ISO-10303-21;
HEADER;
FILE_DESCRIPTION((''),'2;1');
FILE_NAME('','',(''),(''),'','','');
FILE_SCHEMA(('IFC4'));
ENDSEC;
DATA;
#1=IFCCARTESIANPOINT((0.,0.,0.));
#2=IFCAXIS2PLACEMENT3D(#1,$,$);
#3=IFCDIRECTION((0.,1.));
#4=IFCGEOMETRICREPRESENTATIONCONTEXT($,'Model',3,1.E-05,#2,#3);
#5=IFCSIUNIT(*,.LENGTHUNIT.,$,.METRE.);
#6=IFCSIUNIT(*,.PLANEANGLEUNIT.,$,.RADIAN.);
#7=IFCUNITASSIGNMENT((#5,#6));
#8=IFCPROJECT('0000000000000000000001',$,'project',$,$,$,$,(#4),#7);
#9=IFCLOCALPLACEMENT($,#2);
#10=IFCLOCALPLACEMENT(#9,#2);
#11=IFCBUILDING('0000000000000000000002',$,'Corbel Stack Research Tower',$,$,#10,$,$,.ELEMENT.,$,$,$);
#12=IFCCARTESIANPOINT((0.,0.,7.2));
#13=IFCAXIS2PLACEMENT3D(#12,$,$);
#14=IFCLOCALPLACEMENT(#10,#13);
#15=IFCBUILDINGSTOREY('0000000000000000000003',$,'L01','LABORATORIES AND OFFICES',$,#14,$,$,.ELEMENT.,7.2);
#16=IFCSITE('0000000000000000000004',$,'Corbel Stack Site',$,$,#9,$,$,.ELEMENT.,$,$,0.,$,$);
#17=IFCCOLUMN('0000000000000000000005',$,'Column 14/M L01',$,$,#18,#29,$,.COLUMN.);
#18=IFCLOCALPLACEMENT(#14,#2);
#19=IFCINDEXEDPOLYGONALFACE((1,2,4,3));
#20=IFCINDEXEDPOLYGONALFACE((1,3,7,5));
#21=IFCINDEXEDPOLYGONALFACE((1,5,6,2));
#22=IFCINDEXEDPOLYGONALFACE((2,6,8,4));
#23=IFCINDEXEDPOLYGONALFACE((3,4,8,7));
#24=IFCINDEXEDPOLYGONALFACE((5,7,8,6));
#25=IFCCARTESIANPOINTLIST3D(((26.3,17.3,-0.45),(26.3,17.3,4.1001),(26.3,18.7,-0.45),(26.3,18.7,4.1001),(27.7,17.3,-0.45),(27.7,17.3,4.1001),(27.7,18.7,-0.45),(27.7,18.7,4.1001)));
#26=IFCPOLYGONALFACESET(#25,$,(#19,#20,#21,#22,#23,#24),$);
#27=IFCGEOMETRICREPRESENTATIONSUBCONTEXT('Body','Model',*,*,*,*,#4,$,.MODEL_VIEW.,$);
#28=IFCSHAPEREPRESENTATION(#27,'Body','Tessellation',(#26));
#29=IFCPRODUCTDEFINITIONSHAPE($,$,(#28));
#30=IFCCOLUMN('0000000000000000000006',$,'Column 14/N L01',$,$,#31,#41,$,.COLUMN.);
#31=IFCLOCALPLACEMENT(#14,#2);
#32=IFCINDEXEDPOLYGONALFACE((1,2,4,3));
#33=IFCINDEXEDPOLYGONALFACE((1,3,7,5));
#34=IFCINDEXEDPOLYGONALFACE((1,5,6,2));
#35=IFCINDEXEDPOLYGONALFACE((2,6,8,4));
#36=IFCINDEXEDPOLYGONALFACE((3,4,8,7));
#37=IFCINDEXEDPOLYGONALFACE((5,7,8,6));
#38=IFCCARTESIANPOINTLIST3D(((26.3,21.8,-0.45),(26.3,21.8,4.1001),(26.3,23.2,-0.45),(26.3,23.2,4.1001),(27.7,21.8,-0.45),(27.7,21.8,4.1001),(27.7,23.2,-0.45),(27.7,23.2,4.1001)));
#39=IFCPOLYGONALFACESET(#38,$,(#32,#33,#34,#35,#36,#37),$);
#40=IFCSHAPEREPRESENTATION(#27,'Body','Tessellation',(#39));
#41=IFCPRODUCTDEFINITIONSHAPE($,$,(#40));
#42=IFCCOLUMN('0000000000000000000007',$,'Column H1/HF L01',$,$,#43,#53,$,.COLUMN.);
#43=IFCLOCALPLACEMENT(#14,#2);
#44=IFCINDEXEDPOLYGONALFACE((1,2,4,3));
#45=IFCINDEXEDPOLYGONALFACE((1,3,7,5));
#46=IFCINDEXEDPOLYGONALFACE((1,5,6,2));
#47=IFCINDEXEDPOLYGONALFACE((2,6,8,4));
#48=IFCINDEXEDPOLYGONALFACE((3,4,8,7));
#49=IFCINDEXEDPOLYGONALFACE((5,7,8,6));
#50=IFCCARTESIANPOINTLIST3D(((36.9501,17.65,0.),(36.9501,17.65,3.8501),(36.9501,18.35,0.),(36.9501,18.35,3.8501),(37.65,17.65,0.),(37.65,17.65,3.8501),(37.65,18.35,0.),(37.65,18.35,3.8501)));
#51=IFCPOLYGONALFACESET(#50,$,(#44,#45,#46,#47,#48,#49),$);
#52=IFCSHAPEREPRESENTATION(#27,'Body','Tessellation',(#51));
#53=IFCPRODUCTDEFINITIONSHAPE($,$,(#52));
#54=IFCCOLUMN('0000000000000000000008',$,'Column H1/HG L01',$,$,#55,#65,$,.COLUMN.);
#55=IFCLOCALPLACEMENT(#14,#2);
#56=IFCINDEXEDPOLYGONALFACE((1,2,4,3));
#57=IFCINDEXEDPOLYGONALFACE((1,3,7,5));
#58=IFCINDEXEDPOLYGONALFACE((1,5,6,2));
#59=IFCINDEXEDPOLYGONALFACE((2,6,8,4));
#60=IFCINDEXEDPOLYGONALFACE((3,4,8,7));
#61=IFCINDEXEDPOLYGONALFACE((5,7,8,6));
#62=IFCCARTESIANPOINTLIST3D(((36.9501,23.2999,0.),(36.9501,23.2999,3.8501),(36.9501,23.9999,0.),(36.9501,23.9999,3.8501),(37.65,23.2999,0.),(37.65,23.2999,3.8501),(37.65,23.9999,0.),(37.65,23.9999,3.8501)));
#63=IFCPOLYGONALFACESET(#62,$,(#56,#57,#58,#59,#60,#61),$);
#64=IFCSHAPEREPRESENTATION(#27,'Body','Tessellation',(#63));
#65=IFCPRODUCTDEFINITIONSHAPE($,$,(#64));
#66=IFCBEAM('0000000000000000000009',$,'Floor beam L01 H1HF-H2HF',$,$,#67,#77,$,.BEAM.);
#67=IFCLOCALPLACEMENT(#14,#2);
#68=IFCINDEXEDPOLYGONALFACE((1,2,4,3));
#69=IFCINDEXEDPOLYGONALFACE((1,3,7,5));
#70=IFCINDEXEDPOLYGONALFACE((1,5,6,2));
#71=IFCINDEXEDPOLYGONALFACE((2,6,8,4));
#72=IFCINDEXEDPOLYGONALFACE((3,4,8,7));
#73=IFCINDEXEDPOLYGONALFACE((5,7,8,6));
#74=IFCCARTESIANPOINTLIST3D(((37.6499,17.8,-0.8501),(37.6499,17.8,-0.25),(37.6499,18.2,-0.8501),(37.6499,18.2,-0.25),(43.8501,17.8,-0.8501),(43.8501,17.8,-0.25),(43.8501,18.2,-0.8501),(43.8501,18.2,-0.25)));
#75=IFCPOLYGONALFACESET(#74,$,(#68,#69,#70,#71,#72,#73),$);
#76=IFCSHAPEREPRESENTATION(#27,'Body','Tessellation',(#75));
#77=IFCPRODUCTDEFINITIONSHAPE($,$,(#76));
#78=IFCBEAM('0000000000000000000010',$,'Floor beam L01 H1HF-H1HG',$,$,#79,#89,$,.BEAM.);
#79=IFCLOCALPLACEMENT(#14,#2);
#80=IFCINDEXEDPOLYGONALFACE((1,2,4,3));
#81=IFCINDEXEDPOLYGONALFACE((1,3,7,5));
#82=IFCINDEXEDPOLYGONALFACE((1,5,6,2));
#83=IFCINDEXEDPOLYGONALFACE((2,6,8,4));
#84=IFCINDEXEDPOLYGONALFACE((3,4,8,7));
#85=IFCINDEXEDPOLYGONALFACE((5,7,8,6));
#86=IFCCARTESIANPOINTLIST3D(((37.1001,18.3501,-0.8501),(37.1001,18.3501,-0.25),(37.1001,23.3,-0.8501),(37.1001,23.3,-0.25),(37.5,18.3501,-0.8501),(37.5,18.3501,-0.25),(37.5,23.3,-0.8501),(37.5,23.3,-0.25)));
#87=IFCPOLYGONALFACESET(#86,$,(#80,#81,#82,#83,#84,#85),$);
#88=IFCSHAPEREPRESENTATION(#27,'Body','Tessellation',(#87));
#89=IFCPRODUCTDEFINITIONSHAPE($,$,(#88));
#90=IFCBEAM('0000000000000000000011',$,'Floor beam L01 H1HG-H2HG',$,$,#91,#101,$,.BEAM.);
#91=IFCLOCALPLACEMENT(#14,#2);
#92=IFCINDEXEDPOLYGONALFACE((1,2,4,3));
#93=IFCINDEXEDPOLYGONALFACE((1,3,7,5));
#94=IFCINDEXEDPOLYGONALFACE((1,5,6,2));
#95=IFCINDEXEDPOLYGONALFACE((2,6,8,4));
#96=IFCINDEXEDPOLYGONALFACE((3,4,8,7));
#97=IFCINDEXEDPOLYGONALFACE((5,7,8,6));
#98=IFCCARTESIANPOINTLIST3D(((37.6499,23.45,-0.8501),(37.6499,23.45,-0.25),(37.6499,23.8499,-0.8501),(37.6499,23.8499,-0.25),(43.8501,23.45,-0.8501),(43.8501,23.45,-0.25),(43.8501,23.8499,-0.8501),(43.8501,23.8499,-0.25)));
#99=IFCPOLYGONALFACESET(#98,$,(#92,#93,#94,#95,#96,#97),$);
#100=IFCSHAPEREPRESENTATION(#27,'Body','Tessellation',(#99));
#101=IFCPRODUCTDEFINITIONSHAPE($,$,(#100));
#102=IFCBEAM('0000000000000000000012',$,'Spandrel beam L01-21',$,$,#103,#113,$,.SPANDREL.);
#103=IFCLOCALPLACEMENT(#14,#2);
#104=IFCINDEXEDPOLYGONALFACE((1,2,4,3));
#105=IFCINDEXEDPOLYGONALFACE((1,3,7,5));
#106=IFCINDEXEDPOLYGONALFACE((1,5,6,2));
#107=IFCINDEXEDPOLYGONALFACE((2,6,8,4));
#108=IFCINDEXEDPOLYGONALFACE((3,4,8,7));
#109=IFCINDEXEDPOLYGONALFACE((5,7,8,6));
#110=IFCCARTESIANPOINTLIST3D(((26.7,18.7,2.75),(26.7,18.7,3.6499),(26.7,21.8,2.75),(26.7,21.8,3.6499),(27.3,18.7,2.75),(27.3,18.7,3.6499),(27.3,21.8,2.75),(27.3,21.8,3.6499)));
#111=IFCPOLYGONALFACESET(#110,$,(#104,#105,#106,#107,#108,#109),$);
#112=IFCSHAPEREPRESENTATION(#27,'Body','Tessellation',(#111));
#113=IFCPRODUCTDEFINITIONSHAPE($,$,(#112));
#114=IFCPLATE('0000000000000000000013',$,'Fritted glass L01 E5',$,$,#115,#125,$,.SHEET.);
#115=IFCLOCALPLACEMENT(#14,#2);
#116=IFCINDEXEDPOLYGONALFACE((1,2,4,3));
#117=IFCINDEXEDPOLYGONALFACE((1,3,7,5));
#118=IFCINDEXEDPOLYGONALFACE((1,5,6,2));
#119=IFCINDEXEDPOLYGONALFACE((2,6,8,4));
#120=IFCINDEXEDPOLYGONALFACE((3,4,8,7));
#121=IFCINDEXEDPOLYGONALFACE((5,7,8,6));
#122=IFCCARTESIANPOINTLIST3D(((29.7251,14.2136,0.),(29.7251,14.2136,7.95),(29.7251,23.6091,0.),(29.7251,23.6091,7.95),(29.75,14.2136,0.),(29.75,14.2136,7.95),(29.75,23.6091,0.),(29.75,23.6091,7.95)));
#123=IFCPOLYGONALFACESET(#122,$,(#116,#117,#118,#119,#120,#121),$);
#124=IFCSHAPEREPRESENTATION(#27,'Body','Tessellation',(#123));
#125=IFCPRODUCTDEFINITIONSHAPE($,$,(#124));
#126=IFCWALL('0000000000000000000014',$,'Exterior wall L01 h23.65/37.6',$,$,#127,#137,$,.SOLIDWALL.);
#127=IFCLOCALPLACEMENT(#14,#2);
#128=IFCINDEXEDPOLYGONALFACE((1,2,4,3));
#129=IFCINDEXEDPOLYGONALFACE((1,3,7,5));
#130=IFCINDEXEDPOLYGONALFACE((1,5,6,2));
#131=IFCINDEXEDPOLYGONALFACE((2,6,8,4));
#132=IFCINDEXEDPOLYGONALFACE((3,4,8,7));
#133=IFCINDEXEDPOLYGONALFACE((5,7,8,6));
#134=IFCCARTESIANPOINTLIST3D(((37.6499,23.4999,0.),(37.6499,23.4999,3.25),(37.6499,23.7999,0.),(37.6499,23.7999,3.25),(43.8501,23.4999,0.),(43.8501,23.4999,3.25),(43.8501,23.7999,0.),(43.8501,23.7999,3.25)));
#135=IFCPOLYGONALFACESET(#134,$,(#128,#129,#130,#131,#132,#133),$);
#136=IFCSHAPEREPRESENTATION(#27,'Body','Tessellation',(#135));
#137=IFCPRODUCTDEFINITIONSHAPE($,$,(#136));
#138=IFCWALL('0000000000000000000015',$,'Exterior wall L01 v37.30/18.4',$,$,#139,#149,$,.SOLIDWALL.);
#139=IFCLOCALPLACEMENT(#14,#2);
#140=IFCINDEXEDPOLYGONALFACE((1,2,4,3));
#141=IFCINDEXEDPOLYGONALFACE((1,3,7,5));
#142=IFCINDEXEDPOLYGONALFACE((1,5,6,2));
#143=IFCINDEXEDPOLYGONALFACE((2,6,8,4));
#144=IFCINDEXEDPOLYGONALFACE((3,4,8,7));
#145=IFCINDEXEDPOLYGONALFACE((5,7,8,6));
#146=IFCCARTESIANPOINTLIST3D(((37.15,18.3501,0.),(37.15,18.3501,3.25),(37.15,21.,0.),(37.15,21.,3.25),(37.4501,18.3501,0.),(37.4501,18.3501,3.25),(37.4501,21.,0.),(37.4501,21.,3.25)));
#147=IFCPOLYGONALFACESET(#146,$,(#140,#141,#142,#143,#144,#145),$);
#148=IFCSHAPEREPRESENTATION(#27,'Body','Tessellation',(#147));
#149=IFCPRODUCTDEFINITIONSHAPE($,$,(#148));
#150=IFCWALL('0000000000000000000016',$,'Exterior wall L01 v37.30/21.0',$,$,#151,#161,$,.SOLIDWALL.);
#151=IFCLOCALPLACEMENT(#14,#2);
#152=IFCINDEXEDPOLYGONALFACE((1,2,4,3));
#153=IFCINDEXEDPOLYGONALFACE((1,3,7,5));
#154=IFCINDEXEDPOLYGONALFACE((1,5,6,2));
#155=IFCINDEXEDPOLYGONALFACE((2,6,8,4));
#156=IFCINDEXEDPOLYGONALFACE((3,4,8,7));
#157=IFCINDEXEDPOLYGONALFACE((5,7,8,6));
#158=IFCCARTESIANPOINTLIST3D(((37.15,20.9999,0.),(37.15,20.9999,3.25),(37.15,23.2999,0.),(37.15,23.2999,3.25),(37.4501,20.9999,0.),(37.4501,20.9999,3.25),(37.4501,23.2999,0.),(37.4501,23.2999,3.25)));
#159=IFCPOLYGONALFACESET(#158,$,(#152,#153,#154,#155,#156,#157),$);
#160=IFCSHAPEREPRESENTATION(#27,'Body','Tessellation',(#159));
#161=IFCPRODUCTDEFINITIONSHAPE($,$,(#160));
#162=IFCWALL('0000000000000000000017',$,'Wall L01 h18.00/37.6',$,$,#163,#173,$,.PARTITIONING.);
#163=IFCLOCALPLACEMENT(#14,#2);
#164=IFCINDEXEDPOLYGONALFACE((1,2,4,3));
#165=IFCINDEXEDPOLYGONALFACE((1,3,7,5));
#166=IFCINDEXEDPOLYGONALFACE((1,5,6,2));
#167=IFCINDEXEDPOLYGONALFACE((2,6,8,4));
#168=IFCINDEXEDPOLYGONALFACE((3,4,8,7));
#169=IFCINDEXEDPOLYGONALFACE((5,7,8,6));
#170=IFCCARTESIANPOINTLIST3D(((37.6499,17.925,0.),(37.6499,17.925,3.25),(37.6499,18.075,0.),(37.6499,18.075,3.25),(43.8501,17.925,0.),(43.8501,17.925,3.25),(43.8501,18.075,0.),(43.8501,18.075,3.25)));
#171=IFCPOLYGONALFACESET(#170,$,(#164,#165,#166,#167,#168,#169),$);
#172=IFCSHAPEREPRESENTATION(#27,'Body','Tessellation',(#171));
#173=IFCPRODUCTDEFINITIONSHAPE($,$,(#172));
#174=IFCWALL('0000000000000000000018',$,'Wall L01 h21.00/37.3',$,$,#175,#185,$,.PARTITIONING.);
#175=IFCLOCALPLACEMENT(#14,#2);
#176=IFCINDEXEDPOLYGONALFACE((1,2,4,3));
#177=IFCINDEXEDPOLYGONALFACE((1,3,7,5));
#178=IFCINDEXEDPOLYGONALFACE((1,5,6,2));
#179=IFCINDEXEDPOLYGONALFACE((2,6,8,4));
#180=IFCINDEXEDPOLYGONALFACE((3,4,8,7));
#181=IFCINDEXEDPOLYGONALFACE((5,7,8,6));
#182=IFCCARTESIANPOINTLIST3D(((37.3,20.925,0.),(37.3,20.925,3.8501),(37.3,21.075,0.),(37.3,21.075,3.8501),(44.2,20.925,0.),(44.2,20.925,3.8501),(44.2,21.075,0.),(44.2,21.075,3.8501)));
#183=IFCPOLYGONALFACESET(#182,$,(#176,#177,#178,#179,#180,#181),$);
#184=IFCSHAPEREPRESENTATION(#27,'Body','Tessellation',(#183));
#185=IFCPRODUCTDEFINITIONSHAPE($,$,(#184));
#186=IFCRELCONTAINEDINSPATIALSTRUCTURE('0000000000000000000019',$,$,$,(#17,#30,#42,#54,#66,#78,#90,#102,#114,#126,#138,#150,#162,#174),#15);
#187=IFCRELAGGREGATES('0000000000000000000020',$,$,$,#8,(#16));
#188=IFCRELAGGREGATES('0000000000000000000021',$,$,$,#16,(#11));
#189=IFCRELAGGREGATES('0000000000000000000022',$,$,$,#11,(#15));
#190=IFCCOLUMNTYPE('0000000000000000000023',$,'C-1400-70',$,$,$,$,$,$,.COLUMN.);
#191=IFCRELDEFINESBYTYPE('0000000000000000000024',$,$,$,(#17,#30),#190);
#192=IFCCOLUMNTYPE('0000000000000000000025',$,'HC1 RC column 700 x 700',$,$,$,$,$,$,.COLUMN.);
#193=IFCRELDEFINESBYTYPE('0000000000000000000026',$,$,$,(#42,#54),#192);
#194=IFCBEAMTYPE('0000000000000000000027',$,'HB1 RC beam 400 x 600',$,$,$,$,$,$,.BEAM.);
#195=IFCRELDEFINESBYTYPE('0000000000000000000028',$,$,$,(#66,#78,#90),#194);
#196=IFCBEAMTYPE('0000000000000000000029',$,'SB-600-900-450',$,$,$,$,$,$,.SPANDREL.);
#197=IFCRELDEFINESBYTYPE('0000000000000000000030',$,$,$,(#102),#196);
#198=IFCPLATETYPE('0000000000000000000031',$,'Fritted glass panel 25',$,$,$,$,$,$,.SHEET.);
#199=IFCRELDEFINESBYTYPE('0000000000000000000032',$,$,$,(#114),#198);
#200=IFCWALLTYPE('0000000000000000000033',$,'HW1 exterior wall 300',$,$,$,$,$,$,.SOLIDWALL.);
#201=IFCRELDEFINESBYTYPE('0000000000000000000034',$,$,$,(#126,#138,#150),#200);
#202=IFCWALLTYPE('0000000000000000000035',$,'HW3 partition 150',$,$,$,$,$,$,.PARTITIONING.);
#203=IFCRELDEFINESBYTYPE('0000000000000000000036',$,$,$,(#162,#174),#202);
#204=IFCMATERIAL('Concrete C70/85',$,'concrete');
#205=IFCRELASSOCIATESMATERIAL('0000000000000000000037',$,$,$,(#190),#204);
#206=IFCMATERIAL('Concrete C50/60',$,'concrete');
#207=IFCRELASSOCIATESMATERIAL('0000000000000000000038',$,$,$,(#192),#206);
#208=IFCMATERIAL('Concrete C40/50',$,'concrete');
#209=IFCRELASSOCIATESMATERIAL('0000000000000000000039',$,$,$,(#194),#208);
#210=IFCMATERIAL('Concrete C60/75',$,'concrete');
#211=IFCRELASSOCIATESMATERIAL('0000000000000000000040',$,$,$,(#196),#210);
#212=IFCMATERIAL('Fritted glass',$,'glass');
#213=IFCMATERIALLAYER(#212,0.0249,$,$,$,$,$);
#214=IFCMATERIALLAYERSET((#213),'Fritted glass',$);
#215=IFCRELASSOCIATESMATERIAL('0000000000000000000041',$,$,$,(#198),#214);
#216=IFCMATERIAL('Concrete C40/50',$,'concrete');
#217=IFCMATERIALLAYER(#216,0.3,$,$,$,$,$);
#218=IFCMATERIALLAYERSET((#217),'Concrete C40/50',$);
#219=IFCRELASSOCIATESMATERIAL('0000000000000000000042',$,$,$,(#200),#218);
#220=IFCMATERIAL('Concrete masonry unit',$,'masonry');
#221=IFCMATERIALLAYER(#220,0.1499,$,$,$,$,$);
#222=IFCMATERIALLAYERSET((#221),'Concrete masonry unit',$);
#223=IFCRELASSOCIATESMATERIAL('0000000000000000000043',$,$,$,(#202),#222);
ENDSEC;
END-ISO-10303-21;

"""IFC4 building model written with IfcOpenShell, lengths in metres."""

from ifc_helpers import new_model, si_unit, direction, frame, frame_2d, origin, origin_2d, place, context, subcontext, project, spatial, rectangle, extrude, material, layer, layer_set, material_profile, profile_set, type_object, element, save


model = new_model("IFC4")

# Units and contexts
model_context = context("Model", 3, precision=1e-05, world=origin(), true_north=direction((0.0, 1.0)))
body_context = subcontext(model_context, "Body", "Model", "MODEL_VIEW")
ifc_project = project(units=[si_unit("LENGTHUNIT", "METRE"), si_unit("PLANEANGLEUNIT", "RADIAN")], contexts=[model_context])

# Site, building, storey
site_placement = place(None, origin())
site = spatial("IfcSite", under=ifc_project, at=site_placement, Name="Corbel Stack Site", CompositionType="ELEMENT", RefElevation=0.0)
building_placement = place(site_placement, origin())
building = spatial("IfcBuilding", under=site, at=building_placement, Name="Corbel Stack Research Tower", CompositionType="ELEMENT")
storey_placement = place(building_placement, frame((0.0, 0.0, 7.2)))
storey = spatial("IfcBuildingStorey", under=building, at=storey_placement, Name="L01", Description="LABORATORIES AND OFFICES", CompositionType="ELEMENT", Elevation=7.2)

# Columns
ifc_material_1 = material(Name="Concrete C70/85", Category="concrete")
ifc_material_profile_1 = material_profile(ifc_material_1, rectangle(XDim=1.3999, YDim=1.3999, at=origin_2d()), Name="RC 1400 x 1400")
ifc_profile_set_1 = profile_set([ifc_material_profile_1], Name="Concrete C70/85")
column_type_1 = type_object("IfcColumnType", Name="C-1400-70", PredefinedType="COLUMN", material=ifc_profile_set_1)
for number, where, z_axis, x_axis, name in (
    (1, (27.0, 18.0, -0.45), (0.0, 0.0, 1.0), (1.0, 0.0, 0.0), "Column 14/M L01"),
    (2, (27.0, 22.5, -0.45), (0.0, 0.0, 1.0), (1.0, 0.0, 0.0), "Column 14/N L01"),
):
    element("IfcColumn", number, at=place(storey_placement, frame(where, z_axis=z_axis, x_axis=x_axis)), inside=storey, type_object=column_type_1, Name=name, PredefinedType="COLUMN", context=body_context, shape_type="SweptSolid", body=[
        extrude(rectangle(XDim=1.3999, YDim=1.3999, at=origin_2d()), origin(), (0.0, 0.0, 1.0), 4.55),
    ])
ifc_material_2 = material(Name="Concrete C50/60", Category="concrete")
ifc_material_profile_2 = material_profile(ifc_material_2, rectangle(XDim=0.7, YDim=0.7, at=origin_2d()), Name="RC 700 x 700")
ifc_profile_set_2 = profile_set([ifc_material_profile_2], Name="Concrete C50/60")
column_type_2 = type_object("IfcColumnType", Name="HC1 RC column 700 x 700", PredefinedType="COLUMN", material=ifc_profile_set_2)
for number, where, z_axis, x_axis, name in (
    (3, (37.3, 18.0, 0.0), (0.0, 0.0, 1.0), (1.0, 0.0, 0.0), "Column H1/HF L01"),
    (4, (37.3, 23.6499, 0.0), (0.0, 0.0, 1.0), (1.0, 0.0, 0.0), "Column H1/HG L01"),
):
    element("IfcColumn", number, at=place(storey_placement, frame(where, z_axis=z_axis, x_axis=x_axis)), inside=storey, type_object=column_type_2, Name=name, PredefinedType="COLUMN", context=body_context, shape_type="SweptSolid", body=[
        extrude(rectangle(XDim=0.7, YDim=0.7, at=origin_2d()), origin(), (0.0, 0.0, 1.0), 3.8501),
    ])

# Beams
ifc_material_3 = material(Name="Concrete C40/50", Category="concrete")
ifc_material_profile_3 = material_profile(ifc_material_3, rectangle(XDim=0.3999, YDim=0.6001, at=origin_2d()), Name="RC 400 x 600")
ifc_profile_set_3 = profile_set([ifc_material_profile_3], Name="Concrete C40/50")
beam_type_1 = type_object("IfcBeamType", Name="HB1 RC beam 400 x 600", PredefinedType="BEAM", material=ifc_profile_set_3)
beam_1_placement = place(storey_placement, frame((37.6499, 18.0, -0.55), z_axis=(1.0, 0.0, 0.0), x_axis=(0.0, 1.0, 0.0)))
element("IfcBeam", 5, at=beam_1_placement, inside=storey, type_object=beam_type_1, Name="Floor beam L01 H1HF-H2HF", PredefinedType="BEAM", context=body_context, shape_type="SweptSolid", body=[
    extrude(rectangle(XDim=0.3999, YDim=0.6001, at=origin_2d()), origin(), (0.0, 0.0, 1.0), 6.2002),
])
beam_2_placement = place(storey_placement, frame((37.3, 18.3501, -0.55), z_axis=(0.0, 1.0, 0.0), x_axis=(-1.0, 0.0, 0.0)))
element("IfcBeam", 6, at=beam_2_placement, inside=storey, type_object=beam_type_1, Name="Floor beam L01 H1HF-H1HG", PredefinedType="BEAM", context=body_context, shape_type="SweptSolid", body=[
    extrude(rectangle(XDim=0.3999, YDim=0.6001, at=origin_2d()), origin(), (0.0, 0.0, 1.0), 4.95),
])
beam_3_placement = place(storey_placement, frame((37.6499, 23.6499, -0.55), z_axis=(1.0, 0.0, 0.0), x_axis=(0.0, 1.0, 0.0)))
element("IfcBeam", 7, at=beam_3_placement, inside=storey, type_object=beam_type_1, Name="Floor beam L01 H1HG-H2HG", PredefinedType="BEAM", context=body_context, shape_type="SweptSolid", body=[
    extrude(rectangle(XDim=0.3999, YDim=0.6001, at=origin_2d()), origin(), (0.0, 0.0, 1.0), 6.2002),
])
ifc_material_4 = material(Name="Concrete C60/75", Category="concrete")
ifc_material_profile_4 = material_profile(ifc_material_4, rectangle(XDim=0.6001, YDim=0.8999, at=origin_2d()), Name="RC 600 x 900")
ifc_profile_set_4 = profile_set([ifc_material_profile_4], Name="Concrete C60/75")
beam_type_2 = type_object("IfcBeamType", Name="SB-600-900-450", PredefinedType="SPANDREL", material=ifc_profile_set_4)
beam_4_placement = place(storey_placement, frame((27.0, 18.7, 3.2), z_axis=(0.0, 1.0, 0.0), x_axis=(-1.0, 0.0, 0.0)))
element("IfcBeam", 8, at=beam_4_placement, inside=storey, type_object=beam_type_2, Name="Spandrel beam L01-21", PredefinedType="SPANDREL", context=body_context, shape_type="SweptSolid", body=[
    extrude(rectangle(XDim=0.6001, YDim=0.8999, at=origin_2d()), origin(), (0.0, 0.0, 1.0), 3.1001),
])

# Plate
ifc_material_5 = material(Name="Fritted glass", Category="glass")
ifc_layer_1 = layer(ifc_material_5, 0.0249)
ifc_layer_set_1 = layer_set([ifc_layer_1], Name="Fritted glass")
plate_type = type_object("IfcPlateType", Name="Fritted glass panel 25", PredefinedType="SHEET", material=ifc_layer_set_1)
plate_placement = place(storey_placement, frame((29.7375, 18.9114, 0.0), z_axis=(0.0, 0.0, 1.0), x_axis=(0.0, 1.0, 0.0)))
element("IfcPlate", 9, at=plate_placement, inside=storey, type_object=plate_type, Name="Fritted glass L01 E5", PredefinedType="SHEET", context=body_context, shape_type="SweptSolid", body=[
    extrude(rectangle(XDim=9.3955, YDim=0.0249, at=origin_2d()), origin(), (0.0, 0.0, 1.0), 7.95),
])

# Walls
ifc_material_6 = material(Name="Concrete C40/50", Category="concrete")
ifc_layer_2 = layer(ifc_material_6, 0.3)
ifc_layer_set_2 = layer_set([ifc_layer_2], Name="Concrete C40/50")
wall_type_1 = type_object("IfcWallType", Name="HW1 exterior wall 300", PredefinedType="SOLIDWALL", material=ifc_layer_set_2)
wall_1_placement = place(storey_placement, frame((37.6499, 23.6499, 0.0), z_axis=(0.0, 0.0, 1.0), x_axis=(1.0, 0.0, 0.0)))
element("IfcWall", 10, at=wall_1_placement, inside=storey, type_object=wall_type_1, Name="Exterior wall L01 h23.65/37.6", PredefinedType="SOLIDWALL", context=body_context, shape_type="SweptSolid", body=[
    extrude(rectangle(XDim=6.2002, YDim=0.3, at=frame_2d((3.1001, 0.0))), origin(), (0.0, 0.0, 1.0), 3.25),
])
wall_2_placement = place(storey_placement, frame((37.3, 18.3501, 0.0), z_axis=(0.0, 0.0, 1.0), x_axis=(0.0, 1.0, 0.0)))
element("IfcWall", 11, at=wall_2_placement, inside=storey, type_object=wall_type_1, Name="Exterior wall L01 v37.30/18.4", PredefinedType="SOLIDWALL", context=body_context, shape_type="SweptSolid", body=[
    extrude(rectangle(XDim=2.6499, YDim=0.3, at=frame_2d((1.325, 0.0))), origin(), (0.0, 0.0, 1.0), 3.25),
])
wall_3_placement = place(storey_placement, frame((37.3, 21.0, 0.0), z_axis=(0.0, 0.0, 1.0), x_axis=(0.0, 1.0, 0.0)))
element("IfcWall", 12, at=wall_3_placement, inside=storey, type_object=wall_type_1, Name="Exterior wall L01 v37.30/21.0", PredefinedType="SOLIDWALL", context=body_context, shape_type="SweptSolid", body=[
    extrude(rectangle(XDim=2.3, YDim=0.3, at=frame_2d((1.1499, 0.0))), origin(), (0.0, 0.0, 1.0), 3.25),
])
ifc_material_7 = material(Name="Concrete masonry unit", Category="masonry")
ifc_layer_3 = layer(ifc_material_7, 0.1499)
ifc_layer_set_3 = layer_set([ifc_layer_3], Name="Concrete masonry unit")
wall_type_2 = type_object("IfcWallType", Name="HW3 partition 150", PredefinedType="PARTITIONING", material=ifc_layer_set_3)
wall_4_placement = place(storey_placement, frame((37.6499, 18.0, 0.0), z_axis=(0.0, 0.0, 1.0), x_axis=(1.0, 0.0, 0.0)))
element("IfcWall", 13, at=wall_4_placement, inside=storey, type_object=wall_type_2, Name="Wall L01 h18.00/37.6", PredefinedType="PARTITIONING", context=body_context, shape_type="SweptSolid", body=[
    extrude(rectangle(XDim=6.2002, YDim=0.1499, at=frame_2d((3.1001, 0.0))), origin(), (0.0, 0.0, 1.0), 3.25),
])
wall_5_placement = place(storey_placement, frame((37.3, 21.0, 0.0), z_axis=(0.0, 0.0, 1.0), x_axis=(1.0, 0.0, 0.0)))
element("IfcWall", 14, at=wall_5_placement, inside=storey, type_object=wall_type_2, Name="Wall L01 h21.00/37.3", PredefinedType="PARTITIONING", context=body_context, shape_type="SweptSolid", body=[
    extrude(rectangle(XDim=6.8999, YDim=0.1499, at=frame_2d((3.45, 0.0))), origin(), (0.0, 0.0, 1.0), 3.8501),
])

save(model, "model.ifc")
